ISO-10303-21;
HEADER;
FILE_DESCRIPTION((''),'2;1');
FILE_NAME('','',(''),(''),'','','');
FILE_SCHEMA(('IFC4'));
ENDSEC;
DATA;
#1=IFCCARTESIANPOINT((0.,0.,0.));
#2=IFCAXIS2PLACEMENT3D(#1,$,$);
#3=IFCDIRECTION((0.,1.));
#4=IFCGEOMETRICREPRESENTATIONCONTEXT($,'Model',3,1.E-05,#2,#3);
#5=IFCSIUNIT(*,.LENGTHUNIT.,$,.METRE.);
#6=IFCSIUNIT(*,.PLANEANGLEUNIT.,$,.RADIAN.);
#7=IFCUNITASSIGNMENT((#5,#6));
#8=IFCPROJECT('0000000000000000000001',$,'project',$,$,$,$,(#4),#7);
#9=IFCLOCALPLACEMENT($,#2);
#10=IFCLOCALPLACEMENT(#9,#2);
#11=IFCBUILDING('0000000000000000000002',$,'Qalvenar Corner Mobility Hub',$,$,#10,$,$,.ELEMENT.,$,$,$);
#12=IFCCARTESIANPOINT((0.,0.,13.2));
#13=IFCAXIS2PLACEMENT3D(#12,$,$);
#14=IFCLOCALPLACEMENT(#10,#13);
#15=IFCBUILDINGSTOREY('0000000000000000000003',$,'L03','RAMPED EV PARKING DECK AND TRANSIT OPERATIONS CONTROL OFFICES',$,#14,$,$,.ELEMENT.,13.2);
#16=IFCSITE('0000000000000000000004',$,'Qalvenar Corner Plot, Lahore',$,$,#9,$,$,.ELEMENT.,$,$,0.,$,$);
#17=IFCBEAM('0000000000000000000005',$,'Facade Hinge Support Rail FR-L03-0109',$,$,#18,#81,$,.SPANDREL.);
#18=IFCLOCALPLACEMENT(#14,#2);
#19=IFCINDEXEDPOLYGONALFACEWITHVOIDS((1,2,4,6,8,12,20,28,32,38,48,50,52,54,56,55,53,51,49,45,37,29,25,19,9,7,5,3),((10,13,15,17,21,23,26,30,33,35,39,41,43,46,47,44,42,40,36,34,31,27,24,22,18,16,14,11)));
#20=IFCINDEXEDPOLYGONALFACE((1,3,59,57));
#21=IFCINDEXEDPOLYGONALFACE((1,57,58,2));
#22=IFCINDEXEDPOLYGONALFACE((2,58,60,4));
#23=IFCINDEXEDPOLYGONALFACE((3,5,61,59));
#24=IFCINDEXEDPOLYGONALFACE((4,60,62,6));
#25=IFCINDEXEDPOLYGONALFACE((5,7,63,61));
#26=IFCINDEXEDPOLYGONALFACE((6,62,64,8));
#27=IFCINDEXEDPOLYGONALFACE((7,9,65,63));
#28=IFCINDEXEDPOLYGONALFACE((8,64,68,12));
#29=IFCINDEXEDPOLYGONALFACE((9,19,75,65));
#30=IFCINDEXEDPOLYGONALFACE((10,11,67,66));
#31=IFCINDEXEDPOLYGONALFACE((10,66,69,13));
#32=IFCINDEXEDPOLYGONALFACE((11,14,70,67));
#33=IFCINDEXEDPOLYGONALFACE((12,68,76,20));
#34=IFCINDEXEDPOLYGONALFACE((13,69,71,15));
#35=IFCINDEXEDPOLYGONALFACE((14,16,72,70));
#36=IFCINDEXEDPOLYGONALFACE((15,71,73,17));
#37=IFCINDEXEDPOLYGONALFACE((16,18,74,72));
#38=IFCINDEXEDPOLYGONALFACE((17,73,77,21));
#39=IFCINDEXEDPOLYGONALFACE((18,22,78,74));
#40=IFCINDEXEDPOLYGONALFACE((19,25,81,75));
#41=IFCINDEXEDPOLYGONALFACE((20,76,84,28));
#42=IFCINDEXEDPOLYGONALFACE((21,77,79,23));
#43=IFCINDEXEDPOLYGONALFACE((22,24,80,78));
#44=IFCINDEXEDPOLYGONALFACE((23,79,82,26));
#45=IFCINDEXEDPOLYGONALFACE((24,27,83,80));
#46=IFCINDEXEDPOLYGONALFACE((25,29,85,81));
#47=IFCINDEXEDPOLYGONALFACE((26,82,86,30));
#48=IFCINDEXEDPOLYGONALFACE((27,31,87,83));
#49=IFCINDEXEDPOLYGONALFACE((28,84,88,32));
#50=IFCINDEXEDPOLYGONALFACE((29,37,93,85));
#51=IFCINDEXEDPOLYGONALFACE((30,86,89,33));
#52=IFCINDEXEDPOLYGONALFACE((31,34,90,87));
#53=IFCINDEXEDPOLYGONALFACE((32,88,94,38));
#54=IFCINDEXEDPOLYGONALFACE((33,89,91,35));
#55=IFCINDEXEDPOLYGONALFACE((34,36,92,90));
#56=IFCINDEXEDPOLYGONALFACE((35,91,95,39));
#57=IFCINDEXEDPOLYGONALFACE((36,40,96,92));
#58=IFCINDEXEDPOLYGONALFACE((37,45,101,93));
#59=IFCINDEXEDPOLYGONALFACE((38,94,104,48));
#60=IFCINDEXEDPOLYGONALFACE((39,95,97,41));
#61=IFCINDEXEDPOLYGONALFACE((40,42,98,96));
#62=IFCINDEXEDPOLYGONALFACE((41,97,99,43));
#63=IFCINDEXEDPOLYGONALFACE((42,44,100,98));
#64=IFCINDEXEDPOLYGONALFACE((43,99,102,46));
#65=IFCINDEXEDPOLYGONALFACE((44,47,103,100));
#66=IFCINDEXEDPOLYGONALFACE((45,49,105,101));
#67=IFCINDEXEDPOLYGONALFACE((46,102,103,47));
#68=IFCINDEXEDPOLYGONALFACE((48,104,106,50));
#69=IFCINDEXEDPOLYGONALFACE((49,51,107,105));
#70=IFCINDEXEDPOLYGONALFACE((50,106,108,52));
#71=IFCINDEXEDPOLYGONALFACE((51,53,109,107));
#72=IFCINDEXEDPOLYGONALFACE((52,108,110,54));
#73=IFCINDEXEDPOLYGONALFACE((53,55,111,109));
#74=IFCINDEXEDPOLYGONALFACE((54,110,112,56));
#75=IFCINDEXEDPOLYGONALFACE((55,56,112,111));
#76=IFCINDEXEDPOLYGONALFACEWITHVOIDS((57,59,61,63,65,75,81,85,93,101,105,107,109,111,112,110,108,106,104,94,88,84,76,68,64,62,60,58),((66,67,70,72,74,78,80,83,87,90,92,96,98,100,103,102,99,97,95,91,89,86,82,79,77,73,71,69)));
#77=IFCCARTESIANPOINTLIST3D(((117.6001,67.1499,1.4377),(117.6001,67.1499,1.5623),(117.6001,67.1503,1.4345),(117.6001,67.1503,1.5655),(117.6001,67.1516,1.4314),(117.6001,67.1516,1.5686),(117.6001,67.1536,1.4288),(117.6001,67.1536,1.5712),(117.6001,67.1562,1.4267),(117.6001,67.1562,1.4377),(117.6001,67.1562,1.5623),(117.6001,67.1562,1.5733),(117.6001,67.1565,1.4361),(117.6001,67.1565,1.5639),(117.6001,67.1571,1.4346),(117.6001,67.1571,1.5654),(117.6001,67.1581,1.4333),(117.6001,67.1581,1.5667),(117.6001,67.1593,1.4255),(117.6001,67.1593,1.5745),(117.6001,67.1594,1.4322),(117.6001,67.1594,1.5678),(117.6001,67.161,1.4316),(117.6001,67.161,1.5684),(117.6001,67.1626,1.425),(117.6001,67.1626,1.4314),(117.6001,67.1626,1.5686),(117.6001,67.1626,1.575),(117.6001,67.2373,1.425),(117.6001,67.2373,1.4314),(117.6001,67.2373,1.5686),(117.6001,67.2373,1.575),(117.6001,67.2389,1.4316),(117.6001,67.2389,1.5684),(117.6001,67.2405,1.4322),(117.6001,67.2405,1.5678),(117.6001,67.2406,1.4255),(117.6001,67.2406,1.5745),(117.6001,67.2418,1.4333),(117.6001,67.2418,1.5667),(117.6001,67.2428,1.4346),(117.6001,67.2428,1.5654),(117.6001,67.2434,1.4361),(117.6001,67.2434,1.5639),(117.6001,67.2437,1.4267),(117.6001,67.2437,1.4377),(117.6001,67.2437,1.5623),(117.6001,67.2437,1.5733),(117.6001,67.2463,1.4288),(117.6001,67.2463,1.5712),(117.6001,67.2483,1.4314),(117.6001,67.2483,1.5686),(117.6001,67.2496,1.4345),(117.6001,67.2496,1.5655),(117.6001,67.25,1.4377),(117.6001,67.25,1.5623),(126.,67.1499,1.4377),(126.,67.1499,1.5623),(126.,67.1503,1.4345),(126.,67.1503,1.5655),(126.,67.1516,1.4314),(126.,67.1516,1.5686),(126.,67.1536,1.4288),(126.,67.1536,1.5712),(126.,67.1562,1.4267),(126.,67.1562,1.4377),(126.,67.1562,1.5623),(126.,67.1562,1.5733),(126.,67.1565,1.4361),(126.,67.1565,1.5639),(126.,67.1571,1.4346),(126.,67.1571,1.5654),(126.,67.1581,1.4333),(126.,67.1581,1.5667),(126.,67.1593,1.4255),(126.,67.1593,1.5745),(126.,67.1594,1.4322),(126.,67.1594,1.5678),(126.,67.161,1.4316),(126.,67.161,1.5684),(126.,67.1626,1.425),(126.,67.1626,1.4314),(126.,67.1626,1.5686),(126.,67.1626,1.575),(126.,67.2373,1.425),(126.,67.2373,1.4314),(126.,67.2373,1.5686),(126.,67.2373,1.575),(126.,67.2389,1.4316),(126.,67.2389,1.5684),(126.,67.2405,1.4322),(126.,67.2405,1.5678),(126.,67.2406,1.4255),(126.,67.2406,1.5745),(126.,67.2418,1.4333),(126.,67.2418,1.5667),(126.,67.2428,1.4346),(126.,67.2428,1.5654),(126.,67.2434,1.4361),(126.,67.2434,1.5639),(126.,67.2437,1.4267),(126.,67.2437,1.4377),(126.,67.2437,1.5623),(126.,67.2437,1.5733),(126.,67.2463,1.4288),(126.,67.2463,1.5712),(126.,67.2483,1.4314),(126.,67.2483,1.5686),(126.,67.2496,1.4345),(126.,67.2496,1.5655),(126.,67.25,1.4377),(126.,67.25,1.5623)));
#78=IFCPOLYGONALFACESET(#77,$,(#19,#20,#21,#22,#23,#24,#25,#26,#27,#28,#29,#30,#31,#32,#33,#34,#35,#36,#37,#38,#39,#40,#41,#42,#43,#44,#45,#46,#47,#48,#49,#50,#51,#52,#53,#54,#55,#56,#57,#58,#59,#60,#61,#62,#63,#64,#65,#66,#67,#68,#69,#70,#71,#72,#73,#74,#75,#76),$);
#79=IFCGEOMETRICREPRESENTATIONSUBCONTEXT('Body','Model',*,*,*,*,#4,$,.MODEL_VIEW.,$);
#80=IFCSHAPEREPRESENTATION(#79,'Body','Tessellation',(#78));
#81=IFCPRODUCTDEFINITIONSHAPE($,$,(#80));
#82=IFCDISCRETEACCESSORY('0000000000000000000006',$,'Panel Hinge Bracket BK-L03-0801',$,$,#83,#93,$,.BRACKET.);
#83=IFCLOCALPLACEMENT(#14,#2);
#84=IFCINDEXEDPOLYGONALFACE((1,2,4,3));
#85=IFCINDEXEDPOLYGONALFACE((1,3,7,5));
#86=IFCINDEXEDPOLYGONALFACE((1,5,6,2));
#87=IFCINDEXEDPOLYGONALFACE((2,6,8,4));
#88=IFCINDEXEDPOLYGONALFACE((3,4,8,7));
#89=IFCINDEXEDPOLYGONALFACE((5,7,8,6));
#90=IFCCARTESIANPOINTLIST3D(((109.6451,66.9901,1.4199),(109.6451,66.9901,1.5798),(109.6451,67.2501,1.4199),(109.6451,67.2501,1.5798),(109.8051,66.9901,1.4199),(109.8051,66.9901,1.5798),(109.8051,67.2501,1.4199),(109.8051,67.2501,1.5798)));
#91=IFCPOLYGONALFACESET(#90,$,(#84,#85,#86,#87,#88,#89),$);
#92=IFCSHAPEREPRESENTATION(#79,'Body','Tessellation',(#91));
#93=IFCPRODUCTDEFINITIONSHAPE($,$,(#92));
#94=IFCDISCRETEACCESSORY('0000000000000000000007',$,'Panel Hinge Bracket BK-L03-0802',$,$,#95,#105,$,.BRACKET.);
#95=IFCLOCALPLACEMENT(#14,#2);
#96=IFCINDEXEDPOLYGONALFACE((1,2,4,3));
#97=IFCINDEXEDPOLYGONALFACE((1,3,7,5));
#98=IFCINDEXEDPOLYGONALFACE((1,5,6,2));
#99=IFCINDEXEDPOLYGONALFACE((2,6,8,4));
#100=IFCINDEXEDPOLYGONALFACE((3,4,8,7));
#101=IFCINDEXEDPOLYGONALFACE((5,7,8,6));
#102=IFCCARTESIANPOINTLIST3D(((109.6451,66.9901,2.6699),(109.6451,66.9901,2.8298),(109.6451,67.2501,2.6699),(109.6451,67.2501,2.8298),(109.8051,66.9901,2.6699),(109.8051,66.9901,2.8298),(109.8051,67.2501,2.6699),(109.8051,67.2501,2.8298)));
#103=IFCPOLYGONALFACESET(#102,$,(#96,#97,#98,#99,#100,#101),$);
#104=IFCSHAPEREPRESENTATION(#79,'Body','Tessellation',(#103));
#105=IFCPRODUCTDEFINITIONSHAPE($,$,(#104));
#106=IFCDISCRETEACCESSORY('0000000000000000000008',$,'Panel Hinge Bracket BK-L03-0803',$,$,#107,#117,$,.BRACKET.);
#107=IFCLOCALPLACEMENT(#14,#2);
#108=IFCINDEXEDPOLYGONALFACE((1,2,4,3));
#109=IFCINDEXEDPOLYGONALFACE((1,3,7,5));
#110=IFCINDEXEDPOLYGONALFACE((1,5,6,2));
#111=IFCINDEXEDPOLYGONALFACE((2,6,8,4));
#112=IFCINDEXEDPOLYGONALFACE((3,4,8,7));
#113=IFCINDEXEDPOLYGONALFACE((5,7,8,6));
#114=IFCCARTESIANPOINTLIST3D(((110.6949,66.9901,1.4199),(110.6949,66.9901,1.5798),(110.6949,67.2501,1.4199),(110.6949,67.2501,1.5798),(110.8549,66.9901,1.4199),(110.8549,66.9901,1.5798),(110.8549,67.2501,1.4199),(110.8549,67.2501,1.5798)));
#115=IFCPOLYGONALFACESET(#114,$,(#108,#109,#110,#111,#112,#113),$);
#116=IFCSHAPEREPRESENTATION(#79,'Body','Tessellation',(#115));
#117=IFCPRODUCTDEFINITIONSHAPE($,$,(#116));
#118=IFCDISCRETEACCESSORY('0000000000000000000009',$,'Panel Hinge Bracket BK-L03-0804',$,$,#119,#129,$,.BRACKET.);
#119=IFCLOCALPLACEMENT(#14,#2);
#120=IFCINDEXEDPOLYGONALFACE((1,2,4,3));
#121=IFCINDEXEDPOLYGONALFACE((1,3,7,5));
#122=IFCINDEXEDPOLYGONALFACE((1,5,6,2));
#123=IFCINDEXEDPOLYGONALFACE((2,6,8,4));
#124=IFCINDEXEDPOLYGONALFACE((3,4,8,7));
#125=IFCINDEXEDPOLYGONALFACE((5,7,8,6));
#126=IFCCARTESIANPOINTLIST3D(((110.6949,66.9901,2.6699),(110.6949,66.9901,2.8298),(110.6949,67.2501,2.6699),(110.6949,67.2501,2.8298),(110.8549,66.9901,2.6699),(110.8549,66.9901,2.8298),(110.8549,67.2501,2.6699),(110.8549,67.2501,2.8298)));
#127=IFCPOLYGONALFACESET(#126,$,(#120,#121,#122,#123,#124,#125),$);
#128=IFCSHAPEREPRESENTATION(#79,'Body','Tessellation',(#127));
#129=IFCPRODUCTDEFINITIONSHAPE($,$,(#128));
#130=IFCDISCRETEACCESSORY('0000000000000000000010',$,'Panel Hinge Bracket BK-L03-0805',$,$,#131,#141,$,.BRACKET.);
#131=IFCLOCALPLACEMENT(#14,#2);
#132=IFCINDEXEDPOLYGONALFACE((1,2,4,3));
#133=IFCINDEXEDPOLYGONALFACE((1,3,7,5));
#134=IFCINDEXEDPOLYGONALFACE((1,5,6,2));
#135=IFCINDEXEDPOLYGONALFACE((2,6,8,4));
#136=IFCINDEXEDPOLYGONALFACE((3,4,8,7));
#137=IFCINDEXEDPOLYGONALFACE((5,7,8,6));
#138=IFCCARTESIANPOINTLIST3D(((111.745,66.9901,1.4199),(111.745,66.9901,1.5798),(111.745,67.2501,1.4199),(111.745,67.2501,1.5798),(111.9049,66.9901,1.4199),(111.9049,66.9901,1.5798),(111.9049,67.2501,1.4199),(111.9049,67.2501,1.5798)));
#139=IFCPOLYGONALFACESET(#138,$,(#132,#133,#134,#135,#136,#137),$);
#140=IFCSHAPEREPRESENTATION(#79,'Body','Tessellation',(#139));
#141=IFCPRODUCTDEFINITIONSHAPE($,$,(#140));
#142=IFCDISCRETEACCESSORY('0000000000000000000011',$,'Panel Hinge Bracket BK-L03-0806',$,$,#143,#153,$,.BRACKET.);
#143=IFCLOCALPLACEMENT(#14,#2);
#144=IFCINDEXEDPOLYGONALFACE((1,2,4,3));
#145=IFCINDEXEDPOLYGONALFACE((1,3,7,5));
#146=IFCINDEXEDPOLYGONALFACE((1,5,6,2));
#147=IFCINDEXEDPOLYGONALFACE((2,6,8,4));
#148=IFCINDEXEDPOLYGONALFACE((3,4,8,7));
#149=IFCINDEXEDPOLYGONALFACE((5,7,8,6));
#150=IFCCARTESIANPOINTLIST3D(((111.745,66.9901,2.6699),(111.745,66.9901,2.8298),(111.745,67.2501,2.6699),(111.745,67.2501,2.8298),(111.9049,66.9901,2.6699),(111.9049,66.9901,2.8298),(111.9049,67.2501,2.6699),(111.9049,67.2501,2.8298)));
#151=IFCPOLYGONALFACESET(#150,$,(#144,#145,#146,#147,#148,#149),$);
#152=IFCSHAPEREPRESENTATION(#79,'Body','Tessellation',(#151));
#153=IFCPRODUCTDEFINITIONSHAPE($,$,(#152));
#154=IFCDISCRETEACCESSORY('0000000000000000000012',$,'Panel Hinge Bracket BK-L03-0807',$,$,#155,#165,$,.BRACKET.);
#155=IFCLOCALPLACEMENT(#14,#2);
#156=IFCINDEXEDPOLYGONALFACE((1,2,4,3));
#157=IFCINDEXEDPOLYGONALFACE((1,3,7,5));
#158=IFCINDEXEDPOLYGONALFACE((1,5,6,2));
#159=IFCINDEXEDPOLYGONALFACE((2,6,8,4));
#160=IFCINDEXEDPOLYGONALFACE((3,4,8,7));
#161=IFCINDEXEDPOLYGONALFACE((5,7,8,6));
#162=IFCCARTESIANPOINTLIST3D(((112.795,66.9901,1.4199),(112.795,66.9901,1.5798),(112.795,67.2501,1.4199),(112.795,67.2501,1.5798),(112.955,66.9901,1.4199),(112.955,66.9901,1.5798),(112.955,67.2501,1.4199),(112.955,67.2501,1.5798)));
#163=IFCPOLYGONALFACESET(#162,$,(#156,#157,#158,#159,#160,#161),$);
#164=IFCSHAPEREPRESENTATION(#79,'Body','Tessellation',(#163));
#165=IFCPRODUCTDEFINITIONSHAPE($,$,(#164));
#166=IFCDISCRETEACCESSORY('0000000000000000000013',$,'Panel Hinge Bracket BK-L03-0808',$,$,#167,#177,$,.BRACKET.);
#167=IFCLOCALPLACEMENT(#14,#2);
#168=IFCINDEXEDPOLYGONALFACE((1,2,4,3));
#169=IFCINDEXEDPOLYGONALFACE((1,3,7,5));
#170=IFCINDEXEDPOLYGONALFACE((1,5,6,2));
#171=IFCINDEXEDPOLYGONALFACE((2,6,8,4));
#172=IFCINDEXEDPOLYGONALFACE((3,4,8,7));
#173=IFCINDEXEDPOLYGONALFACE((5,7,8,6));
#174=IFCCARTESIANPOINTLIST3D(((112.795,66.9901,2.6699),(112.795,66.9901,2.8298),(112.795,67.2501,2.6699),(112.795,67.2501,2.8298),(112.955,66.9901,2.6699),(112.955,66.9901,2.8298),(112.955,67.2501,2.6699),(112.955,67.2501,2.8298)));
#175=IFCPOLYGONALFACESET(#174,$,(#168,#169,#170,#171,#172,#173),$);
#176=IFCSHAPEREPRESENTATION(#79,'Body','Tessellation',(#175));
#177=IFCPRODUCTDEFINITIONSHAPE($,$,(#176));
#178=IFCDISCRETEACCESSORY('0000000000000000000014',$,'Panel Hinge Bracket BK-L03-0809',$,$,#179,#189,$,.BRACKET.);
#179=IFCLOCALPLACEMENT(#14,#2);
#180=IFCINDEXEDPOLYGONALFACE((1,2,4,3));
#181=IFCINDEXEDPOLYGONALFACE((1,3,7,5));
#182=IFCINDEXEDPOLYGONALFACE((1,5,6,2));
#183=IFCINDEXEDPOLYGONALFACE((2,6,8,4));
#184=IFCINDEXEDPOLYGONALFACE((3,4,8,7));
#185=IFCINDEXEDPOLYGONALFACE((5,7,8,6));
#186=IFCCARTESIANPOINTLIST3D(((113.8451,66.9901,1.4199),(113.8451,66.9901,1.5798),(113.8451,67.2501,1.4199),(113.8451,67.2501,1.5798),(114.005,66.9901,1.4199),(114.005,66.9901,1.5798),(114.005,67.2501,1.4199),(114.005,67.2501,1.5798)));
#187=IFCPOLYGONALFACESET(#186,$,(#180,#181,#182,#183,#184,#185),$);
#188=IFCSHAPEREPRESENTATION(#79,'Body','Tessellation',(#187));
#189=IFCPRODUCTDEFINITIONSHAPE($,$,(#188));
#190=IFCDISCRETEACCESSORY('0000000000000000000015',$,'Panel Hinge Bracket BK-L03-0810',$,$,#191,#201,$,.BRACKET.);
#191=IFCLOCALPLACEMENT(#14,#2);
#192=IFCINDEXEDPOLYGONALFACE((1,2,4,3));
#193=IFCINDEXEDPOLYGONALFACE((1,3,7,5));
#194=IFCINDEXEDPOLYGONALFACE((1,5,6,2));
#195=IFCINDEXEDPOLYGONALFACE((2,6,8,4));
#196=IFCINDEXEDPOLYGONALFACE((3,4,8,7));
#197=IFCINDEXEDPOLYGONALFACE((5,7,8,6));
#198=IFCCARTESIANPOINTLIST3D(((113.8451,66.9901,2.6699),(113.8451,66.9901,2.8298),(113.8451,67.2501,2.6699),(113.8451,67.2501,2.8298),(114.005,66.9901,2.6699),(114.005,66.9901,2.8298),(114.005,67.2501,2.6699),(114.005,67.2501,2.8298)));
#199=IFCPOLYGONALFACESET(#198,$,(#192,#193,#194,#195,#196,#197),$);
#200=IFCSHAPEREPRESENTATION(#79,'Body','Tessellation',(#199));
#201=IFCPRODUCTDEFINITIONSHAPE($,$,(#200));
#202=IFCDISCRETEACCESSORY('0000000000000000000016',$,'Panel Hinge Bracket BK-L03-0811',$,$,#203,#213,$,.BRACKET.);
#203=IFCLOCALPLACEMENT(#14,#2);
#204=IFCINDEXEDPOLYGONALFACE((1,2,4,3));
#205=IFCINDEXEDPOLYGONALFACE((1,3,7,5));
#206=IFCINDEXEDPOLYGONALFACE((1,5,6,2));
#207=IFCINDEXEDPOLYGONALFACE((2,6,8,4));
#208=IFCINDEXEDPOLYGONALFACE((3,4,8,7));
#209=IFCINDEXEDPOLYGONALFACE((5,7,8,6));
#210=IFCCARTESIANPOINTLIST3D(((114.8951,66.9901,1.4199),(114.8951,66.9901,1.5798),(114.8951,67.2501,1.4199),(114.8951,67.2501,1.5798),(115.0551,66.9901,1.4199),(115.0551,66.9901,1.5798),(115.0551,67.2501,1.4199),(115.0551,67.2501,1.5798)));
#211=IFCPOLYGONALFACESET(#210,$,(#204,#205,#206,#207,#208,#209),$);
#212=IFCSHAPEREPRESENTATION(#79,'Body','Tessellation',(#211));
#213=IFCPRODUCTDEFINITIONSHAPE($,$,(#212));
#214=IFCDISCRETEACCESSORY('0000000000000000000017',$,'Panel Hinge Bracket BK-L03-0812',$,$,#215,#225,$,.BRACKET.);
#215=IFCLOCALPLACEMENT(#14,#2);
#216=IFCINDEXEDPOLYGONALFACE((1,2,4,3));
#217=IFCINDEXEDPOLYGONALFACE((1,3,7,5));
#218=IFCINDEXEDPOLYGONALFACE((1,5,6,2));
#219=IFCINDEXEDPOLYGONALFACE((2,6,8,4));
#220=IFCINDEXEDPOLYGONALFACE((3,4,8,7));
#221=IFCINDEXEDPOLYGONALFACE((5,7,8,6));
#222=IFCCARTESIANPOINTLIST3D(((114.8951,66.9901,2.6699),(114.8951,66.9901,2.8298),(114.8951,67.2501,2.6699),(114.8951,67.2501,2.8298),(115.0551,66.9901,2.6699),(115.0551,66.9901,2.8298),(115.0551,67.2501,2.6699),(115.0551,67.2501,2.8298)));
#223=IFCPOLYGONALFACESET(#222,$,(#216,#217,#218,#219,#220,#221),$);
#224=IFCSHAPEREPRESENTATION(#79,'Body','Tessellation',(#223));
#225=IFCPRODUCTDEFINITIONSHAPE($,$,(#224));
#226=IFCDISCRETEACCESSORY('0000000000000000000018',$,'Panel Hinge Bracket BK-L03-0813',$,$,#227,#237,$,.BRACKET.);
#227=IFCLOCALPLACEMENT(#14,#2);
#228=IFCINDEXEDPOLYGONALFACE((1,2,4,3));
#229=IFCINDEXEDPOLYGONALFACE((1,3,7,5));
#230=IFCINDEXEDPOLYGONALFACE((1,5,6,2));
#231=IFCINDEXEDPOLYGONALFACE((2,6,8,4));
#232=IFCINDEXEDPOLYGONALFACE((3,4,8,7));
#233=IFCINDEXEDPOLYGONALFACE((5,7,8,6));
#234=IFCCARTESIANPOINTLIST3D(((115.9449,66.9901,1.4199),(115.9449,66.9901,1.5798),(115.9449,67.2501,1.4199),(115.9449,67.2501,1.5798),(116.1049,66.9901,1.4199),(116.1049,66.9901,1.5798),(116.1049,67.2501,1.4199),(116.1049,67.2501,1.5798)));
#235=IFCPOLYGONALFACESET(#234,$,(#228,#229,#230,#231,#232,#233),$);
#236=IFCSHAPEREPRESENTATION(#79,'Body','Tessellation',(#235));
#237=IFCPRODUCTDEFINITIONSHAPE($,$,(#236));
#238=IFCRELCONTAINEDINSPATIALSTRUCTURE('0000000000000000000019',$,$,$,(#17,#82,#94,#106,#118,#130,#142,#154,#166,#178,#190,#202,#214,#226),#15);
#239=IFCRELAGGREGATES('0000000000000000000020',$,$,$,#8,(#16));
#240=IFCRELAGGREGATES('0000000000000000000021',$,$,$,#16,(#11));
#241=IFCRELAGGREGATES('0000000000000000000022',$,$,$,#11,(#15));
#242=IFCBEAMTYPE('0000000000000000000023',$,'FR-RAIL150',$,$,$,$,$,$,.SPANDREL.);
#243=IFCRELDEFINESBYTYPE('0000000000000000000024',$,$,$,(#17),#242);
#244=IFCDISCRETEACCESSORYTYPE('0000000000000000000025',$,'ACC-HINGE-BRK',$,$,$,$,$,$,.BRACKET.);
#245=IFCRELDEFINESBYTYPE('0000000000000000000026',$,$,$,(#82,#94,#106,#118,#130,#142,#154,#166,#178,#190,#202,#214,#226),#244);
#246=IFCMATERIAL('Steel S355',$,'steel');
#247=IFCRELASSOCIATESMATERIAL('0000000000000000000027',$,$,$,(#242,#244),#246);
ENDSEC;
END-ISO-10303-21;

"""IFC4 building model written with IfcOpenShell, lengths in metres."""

from ifc_helpers import new_model, si_unit, direction, frame, origin, origin_2d, place, context, subcontext, project, spatial, rectangle, hollow_rectangle, extrude, material, material_profile, profile_set, type_object, element, save


model = new_model("IFC4")

# Units and contexts
model_context = context("Model", 3, precision=1e-05, world=origin(), true_north=direction((0.0, 1.0)))
body_context = subcontext(model_context, "Body", "Model", "MODEL_VIEW")
ifc_project = project(units=[si_unit("LENGTHUNIT", "METRE"), si_unit("PLANEANGLEUNIT", "RADIAN")], contexts=[model_context])

# Site, building, storey
site_placement = place(None, origin())
site = spatial("IfcSite", under=ifc_project, at=site_placement, Name="Qalvenar Corner Plot, Lahore", CompositionType="ELEMENT", RefElevation=0.0)
building_placement = place(site_placement, origin())
building = spatial("IfcBuilding", under=site, at=building_placement, Name="Qalvenar Corner Mobility Hub", CompositionType="ELEMENT")
storey_placement = place(building_placement, frame((0.0, 0.0, 13.2)))
storey = spatial("IfcBuildingStorey", under=building, at=storey_placement, Name="L03", Description="RAMPED EV PARKING DECK AND TRANSIT OPERATIONS CONTROL OFFICES", CompositionType="ELEMENT", Elevation=13.2)

# Shared definitions
ifc_material = material(Name="Steel S355", Category="steel")

# Beam
ifc_material_profile_1 = material_profile(ifc_material, hollow_rectangle(XDim=0.1001, YDim=0.1499, WallThickness=0.0063, InnerFilletRadius=0.0063, OuterFilletRadius=0.0127, at=origin_2d()), Name="RHS150x100x6.3")
ifc_profile_set_1 = profile_set([ifc_material_profile_1], Name="Steel S355")
beam_type_1 = type_object("IfcBeamType", Name="FR-RAIL150", PredefinedType="SPANDREL", material=ifc_profile_set_1)
beam_1_placement = place(storey_placement, frame((117.6001, 67.2, 1.5), z_axis=(1.0, 0.0, 0.0), x_axis=(0.0, 1.0, 0.0)))
element("IfcBeam", 1, at=beam_1_placement, inside=storey, type_object=beam_type_1, Name="Facade Hinge Support Rail FR-L03-0109", PredefinedType="SPANDREL", context=body_context, shape_type="SweptSolid", body=[
    extrude(hollow_rectangle(XDim=0.1001, YDim=0.1499, WallThickness=0.0063, InnerFilletRadius=0.0063, OuterFilletRadius=0.0127, at=origin_2d()), origin(), (0.0, 0.0, 1.0), 8.3999),
])

# Discrete accessories
discrete_accessory_type = type_object("IfcDiscreteAccessoryType", Name="ACC-HINGE-BRK", PredefinedType="BRACKET", material=ifc_material)
for number, where, z_axis, x_axis, name in (
    (2, (109.7251, 67.1201, 1.4199), (0.0, 0.0, 1.0), (1.0, 0.0, 0.0), "Panel Hinge Bracket BK-L03-0801"),
    (3, (109.7251, 67.1201, 2.6699), (0.0, 0.0, 1.0), (1.0, 0.0, 0.0), "Panel Hinge Bracket BK-L03-0802"),
    (4, (110.7749, 67.1201, 1.4199), (0.0, 0.0, 1.0), (1.0, 0.0, 0.0), "Panel Hinge Bracket BK-L03-0803"),
    (5, (110.7749, 67.1201, 2.6699), (0.0, 0.0, 1.0), (1.0, 0.0, 0.0), "Panel Hinge Bracket BK-L03-0804"),
    (6, (111.825, 67.1201, 1.4199), (0.0, 0.0, 1.0), (1.0, 0.0, 0.0), "Panel Hinge Bracket BK-L03-0805"),
    (7, (111.825, 67.1201, 2.6699), (0.0, 0.0, 1.0), (1.0, 0.0, 0.0), "Panel Hinge Bracket BK-L03-0806"),
    (8, (112.875, 67.1201, 1.4199), (0.0, 0.0, 1.0), (1.0, 0.0, 0.0), "Panel Hinge Bracket BK-L03-0807"),
    (9, (112.875, 67.1201, 2.6699), (0.0, 0.0, 1.0), (1.0, 0.0, 0.0), "Panel Hinge Bracket BK-L03-0808"),
    (10, (113.925, 67.1201, 1.4199), (0.0, 0.0, 1.0), (1.0, 0.0, 0.0), "Panel Hinge Bracket BK-L03-0809"),
    (11, (113.925, 67.1201, 2.6699), (0.0, 0.0, 1.0), (1.0, 0.0, 0.0), "Panel Hinge Bracket BK-L03-0810"),
    (12, (114.9751, 67.1201, 1.4199), (0.0, 0.0, 1.0), (1.0, 0.0, 0.0), "Panel Hinge Bracket BK-L03-0811"),
    (13, (114.9751, 67.1201, 2.6699), (0.0, 0.0, 1.0), (1.0, 0.0, 0.0), "Panel Hinge Bracket BK-L03-0812"),
    (14, (116.0249, 67.1201, 1.4199), (0.0, 0.0, 1.0), (1.0, 0.0, 0.0), "Panel Hinge Bracket BK-L03-0813"),
):
    element("IfcDiscreteAccessory", number, at=place(storey_placement, frame(where, z_axis=z_axis, x_axis=x_axis)), inside=storey, type_object=discrete_accessory_type, Name=name, PredefinedType="BRACKET", context=body_context, shape_type="SweptSolid", body=[
        extrude(rectangle(XDim=0.1599, YDim=0.26, at=origin_2d()), origin(), (0.0, 0.0, 1.0), 0.1599),
    ])

save(model, "model.ifc")
